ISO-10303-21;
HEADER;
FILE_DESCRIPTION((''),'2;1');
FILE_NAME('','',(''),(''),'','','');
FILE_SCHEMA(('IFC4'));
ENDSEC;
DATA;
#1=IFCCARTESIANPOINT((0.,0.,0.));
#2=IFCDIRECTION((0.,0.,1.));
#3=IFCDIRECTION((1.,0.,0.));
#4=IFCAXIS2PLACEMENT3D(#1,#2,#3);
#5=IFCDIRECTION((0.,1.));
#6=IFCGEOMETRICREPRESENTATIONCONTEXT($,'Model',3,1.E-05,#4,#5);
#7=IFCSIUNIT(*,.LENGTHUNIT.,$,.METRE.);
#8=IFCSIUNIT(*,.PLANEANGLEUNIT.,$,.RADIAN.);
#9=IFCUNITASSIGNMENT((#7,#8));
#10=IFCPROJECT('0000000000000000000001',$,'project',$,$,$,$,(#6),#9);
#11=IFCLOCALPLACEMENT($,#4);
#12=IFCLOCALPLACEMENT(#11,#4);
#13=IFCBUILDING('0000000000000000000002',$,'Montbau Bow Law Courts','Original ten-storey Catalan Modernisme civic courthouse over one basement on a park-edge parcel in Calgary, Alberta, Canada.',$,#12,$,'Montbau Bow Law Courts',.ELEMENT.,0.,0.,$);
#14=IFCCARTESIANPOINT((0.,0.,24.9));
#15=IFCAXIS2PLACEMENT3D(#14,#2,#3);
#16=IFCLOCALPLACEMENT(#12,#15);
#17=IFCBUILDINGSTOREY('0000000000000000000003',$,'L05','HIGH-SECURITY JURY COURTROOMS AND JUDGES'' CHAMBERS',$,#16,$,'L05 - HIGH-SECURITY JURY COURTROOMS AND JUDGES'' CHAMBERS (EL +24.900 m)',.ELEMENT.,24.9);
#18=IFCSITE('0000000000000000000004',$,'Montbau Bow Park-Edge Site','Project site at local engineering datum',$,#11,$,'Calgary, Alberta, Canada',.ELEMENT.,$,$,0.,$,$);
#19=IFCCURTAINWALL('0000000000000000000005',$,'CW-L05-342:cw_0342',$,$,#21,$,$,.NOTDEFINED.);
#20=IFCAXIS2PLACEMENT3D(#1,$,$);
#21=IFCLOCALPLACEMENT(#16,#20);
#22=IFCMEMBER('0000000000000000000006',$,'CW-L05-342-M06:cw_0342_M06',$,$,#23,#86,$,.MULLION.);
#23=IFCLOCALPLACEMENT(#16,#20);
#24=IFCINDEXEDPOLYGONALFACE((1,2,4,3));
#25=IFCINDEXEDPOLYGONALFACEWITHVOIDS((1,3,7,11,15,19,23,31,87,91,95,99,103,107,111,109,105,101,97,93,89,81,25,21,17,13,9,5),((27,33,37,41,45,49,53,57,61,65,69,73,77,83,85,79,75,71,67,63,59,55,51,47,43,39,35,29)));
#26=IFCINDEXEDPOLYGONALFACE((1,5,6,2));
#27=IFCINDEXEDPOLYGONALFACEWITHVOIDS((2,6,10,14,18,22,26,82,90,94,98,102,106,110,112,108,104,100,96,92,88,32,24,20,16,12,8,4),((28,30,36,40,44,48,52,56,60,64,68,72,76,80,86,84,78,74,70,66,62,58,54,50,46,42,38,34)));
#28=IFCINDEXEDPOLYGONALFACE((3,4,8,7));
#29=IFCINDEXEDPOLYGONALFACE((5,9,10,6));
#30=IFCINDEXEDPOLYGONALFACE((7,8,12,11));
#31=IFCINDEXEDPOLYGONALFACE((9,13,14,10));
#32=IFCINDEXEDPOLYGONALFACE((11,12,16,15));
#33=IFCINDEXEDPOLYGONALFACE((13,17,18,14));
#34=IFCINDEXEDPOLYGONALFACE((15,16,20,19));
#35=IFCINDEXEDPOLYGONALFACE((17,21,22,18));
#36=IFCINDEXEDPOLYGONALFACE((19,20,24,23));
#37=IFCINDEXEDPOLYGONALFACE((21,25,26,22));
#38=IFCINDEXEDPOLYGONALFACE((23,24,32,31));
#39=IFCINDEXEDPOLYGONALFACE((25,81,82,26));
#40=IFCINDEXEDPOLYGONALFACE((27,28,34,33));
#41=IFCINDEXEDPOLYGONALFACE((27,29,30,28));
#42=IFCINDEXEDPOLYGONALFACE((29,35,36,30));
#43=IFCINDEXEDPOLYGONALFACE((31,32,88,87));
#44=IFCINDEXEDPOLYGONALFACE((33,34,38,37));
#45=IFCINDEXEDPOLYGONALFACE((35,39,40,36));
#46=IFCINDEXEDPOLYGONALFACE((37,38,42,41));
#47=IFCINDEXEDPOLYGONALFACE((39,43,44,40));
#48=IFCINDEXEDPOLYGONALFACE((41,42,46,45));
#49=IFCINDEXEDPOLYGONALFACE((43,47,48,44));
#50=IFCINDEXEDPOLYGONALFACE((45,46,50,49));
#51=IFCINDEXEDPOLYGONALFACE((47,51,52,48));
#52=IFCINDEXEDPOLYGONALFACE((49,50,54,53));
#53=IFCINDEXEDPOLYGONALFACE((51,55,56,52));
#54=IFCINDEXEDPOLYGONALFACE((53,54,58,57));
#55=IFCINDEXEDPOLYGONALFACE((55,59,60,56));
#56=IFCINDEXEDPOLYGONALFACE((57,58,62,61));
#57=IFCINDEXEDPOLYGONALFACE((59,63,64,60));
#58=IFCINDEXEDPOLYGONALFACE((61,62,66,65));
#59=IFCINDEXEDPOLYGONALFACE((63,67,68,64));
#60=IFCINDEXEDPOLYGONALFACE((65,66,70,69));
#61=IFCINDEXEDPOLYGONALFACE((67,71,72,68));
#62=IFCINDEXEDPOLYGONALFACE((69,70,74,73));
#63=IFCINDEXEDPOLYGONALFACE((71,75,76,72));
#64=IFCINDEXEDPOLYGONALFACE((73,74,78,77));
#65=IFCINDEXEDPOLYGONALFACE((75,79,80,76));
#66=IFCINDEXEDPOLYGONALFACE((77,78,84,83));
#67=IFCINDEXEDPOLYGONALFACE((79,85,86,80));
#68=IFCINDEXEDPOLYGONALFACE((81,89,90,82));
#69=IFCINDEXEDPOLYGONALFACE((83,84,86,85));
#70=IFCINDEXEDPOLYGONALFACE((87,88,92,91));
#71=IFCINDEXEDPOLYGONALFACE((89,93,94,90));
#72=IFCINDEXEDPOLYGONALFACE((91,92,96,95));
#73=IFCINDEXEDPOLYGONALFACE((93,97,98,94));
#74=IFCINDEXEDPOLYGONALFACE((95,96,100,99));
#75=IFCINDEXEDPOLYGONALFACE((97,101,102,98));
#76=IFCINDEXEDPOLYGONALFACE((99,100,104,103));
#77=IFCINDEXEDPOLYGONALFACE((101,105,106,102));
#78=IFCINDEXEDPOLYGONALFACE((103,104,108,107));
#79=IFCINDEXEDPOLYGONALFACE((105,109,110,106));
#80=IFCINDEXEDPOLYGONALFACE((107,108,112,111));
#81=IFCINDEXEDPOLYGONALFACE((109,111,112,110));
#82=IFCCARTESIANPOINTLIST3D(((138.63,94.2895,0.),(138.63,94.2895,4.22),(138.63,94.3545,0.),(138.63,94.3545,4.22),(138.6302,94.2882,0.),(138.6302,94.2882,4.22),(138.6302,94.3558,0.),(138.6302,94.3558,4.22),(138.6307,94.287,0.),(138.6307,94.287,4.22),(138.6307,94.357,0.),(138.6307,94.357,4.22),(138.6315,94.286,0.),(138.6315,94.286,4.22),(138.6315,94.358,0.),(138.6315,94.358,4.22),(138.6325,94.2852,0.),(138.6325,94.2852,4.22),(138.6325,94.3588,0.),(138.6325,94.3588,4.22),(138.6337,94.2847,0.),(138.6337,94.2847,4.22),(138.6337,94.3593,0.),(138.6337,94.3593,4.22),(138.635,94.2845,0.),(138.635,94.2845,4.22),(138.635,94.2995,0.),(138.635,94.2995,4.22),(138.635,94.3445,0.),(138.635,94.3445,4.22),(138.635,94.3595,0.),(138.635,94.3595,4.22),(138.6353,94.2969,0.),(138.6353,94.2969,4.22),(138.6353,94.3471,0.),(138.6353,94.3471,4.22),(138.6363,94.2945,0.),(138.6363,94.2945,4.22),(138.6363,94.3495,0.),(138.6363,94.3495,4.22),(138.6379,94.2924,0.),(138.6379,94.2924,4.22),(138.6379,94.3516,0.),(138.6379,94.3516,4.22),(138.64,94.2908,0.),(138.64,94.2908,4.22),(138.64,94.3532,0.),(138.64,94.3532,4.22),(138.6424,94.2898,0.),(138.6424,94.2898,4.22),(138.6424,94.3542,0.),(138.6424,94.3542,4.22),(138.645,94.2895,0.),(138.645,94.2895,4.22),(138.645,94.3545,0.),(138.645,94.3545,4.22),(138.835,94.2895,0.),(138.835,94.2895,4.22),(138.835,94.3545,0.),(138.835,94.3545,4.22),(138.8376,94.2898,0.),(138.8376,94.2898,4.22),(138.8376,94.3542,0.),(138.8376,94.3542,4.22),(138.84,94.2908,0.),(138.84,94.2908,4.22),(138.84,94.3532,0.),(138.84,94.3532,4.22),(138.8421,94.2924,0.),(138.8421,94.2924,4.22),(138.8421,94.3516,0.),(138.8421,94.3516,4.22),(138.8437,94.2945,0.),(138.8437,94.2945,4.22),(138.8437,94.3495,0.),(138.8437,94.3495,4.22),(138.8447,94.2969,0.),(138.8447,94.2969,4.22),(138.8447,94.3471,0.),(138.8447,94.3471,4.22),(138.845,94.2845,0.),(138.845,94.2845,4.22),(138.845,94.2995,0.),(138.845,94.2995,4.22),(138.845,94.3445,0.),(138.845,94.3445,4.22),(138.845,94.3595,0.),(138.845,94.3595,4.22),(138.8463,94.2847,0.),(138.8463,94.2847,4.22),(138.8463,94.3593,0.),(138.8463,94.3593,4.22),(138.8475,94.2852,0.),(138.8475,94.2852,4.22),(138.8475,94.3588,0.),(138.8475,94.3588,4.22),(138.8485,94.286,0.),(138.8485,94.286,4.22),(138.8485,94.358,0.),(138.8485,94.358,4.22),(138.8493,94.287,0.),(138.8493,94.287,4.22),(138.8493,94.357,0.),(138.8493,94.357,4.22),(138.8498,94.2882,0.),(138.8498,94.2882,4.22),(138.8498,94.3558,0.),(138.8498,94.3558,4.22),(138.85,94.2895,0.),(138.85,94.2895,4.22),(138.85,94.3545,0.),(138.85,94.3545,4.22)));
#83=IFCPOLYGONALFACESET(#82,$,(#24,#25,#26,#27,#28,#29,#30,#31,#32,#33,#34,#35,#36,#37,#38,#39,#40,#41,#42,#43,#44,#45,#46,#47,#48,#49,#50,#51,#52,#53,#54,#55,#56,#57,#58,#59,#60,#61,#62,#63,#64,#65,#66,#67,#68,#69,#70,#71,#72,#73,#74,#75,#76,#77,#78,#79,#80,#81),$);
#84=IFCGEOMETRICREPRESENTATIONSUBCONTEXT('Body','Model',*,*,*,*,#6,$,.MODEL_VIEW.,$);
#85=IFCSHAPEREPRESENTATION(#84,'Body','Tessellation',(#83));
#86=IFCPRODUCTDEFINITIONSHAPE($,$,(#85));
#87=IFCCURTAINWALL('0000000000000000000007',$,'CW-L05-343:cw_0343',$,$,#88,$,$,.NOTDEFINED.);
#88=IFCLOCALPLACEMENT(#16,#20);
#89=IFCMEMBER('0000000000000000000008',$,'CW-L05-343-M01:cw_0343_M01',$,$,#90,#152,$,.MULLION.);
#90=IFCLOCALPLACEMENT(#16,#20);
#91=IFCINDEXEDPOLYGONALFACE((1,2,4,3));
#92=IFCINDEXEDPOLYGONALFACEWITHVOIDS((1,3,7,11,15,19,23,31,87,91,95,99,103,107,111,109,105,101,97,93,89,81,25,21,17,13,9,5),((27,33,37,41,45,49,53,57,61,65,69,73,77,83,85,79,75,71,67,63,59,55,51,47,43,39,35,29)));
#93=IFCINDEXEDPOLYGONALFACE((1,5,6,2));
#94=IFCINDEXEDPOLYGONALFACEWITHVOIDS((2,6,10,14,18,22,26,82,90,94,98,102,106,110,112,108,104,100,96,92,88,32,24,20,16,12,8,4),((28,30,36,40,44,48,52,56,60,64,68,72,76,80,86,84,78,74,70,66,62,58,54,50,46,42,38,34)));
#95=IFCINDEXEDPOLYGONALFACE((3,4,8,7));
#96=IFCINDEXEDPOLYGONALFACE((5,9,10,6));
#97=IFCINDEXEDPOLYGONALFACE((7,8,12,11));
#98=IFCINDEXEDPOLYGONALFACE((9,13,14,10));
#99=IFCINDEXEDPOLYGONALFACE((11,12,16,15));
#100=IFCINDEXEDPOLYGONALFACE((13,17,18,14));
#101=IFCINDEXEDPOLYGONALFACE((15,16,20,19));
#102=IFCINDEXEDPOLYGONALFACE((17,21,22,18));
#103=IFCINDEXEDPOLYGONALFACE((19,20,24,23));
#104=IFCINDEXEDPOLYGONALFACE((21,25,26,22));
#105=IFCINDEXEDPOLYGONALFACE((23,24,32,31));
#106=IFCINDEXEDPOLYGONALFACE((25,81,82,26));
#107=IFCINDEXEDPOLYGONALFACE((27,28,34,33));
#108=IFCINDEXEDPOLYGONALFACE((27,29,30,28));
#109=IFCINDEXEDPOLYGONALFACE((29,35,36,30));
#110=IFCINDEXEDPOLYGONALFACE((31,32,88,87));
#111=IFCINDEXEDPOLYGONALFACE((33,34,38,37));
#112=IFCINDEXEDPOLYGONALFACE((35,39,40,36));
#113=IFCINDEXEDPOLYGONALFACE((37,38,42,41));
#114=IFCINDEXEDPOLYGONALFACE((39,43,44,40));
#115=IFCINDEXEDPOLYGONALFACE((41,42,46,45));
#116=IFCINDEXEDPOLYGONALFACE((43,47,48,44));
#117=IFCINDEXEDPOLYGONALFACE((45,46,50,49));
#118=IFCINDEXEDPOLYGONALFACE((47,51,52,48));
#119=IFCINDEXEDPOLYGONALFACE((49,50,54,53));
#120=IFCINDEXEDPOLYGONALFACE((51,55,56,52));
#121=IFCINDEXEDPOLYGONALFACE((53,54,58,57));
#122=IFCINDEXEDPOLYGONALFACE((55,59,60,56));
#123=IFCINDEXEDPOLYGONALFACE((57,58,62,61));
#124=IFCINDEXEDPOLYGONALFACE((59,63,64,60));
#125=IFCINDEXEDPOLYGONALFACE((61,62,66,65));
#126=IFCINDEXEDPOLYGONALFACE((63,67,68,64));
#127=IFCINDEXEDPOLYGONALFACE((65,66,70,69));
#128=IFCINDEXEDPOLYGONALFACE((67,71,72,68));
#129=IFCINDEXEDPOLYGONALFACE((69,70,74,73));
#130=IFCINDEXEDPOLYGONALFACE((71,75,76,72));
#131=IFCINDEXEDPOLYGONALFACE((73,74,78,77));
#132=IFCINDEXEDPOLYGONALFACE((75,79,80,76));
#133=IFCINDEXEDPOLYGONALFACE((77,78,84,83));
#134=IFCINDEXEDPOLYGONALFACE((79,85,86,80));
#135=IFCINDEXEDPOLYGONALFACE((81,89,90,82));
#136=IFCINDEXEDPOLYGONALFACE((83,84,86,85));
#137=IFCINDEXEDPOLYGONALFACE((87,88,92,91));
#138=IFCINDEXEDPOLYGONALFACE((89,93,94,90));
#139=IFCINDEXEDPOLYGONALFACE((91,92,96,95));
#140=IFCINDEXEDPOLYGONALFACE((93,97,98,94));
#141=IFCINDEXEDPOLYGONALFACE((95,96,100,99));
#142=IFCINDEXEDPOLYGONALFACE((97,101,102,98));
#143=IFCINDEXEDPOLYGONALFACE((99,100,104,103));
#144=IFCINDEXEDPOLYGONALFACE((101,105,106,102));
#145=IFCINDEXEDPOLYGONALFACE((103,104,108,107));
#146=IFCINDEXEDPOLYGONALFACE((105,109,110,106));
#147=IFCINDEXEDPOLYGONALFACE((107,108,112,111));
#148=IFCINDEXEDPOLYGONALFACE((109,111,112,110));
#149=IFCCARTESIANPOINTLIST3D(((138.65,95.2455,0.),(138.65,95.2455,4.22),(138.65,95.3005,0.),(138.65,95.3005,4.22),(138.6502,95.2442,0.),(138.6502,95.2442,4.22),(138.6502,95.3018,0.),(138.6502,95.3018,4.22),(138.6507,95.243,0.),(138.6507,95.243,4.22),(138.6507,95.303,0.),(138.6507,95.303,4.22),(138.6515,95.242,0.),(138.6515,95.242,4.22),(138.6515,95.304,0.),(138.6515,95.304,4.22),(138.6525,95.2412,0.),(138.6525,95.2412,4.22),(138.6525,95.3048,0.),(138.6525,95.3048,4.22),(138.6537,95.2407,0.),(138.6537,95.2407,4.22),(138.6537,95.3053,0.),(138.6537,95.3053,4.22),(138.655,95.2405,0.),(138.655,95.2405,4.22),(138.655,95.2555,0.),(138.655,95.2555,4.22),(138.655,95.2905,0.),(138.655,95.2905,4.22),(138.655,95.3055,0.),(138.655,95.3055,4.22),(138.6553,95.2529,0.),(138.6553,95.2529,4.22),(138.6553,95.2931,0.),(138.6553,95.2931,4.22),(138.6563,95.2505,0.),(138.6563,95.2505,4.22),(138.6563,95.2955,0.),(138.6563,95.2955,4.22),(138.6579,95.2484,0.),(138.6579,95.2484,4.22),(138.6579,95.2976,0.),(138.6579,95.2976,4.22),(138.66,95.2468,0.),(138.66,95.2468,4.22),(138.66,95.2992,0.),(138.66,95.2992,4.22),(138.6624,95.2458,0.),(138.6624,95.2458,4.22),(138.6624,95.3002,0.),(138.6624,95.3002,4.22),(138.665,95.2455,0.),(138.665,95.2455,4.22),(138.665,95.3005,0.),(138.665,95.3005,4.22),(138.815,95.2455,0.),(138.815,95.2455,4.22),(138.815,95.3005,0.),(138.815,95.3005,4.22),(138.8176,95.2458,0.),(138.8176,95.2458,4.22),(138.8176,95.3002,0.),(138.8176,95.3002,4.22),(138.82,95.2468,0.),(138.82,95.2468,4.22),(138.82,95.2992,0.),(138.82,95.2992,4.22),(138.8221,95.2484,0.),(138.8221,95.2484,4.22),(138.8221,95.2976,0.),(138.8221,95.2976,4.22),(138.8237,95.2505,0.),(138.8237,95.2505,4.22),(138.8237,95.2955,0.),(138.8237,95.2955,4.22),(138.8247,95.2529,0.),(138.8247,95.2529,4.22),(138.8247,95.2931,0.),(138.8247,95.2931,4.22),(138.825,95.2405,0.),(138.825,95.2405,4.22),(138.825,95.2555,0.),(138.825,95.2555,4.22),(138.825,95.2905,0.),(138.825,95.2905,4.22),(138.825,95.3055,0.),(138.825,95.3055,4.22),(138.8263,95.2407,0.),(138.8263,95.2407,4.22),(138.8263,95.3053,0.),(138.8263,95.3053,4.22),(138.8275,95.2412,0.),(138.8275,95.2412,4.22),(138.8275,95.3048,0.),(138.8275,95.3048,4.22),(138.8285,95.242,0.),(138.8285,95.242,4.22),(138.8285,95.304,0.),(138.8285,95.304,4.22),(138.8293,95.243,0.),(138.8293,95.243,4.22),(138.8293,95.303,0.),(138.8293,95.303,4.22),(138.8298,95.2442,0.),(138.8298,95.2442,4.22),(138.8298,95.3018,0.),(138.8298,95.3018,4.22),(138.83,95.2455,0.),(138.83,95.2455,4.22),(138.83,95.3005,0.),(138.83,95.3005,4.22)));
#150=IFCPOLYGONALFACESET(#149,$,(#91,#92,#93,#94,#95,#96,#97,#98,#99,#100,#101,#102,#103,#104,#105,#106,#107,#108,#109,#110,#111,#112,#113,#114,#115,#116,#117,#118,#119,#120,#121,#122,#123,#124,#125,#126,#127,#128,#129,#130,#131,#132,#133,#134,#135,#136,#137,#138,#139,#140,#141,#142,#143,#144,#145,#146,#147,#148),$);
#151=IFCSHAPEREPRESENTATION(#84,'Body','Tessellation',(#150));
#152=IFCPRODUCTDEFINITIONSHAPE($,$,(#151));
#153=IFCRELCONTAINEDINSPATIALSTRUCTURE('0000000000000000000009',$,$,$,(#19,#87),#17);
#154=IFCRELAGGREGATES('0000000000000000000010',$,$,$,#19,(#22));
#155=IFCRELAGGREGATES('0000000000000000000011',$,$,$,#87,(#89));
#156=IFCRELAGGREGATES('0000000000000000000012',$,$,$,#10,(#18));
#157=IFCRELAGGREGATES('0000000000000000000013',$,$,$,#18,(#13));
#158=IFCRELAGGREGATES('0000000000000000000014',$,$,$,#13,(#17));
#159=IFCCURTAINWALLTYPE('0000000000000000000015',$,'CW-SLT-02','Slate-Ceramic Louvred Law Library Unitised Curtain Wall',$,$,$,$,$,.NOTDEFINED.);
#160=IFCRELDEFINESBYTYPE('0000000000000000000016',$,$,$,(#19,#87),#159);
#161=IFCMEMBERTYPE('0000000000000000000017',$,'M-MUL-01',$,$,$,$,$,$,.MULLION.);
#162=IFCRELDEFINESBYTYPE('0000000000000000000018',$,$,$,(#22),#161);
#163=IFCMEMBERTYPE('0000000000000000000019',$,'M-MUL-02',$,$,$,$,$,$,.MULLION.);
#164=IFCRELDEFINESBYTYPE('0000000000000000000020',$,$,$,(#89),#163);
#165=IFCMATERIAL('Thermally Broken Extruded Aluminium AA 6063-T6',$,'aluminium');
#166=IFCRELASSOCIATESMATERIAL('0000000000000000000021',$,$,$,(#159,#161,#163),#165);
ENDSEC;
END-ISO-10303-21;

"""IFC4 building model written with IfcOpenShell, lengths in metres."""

from ifc_helpers import new_model, si_unit, direction, frame, origin_with_axes, origin_2d_with_axis, place, context, subcontext, project, spatial, hollow_rectangle, extrude, material, material_profile, profile_set, type_object, element, aggregate, save


model = new_model("IFC4")

# Units and contexts
model_context = context("Model", 3, precision=1e-05, world=origin_with_axes(), true_north=direction((0.0, 1.0)))
body_context = subcontext(model_context, "Body", "Model", "MODEL_VIEW")
ifc_project = project(units=[si_unit("LENGTHUNIT", "METRE"), si_unit("PLANEANGLEUNIT", "RADIAN")], contexts=[model_context])

# Site, building, storey
site_placement = place(None, origin_with_axes())
site = spatial("IfcSite", under=ifc_project, at=site_placement, Name="Montbau Bow Park-Edge Site", Description="Project site at local engineering datum", LongName="Calgary, Alberta, Canada", CompositionType="ELEMENT", RefElevation=0.0)
building_placement = place(site_placement, origin_with_axes())
building = spatial("IfcBuilding", under=site, at=building_placement, Name="Montbau Bow Law Courts", Description="Original ten-storey Catalan Modernisme civic courthouse over one basement on a park-edge parcel in Calgary, Alberta, Canada.", LongName="Montbau Bow Law Courts", CompositionType="ELEMENT", ElevationOfRefHeight=0.0, ElevationOfTerrain=0.0)
storey_placement = place(building_placement, frame((0.0, 0.0, 24.9), z_axis=(0.0, 0.0, 1.0), x_axis=(1.0, 0.0, 0.0)))
storey = spatial("IfcBuildingStorey", under=building, at=storey_placement, Name="L05", Description="HIGH-SECURITY JURY COURTROOMS AND JUDGES' CHAMBERS", LongName="L05 - HIGH-SECURITY JURY COURTROOMS AND JUDGES' CHAMBERS (EL +24.900 m)", CompositionType="ELEMENT", Elevation=24.9)

# Curtain walls, members
ifc_material_1 = material(Name="Thermally Broken Extruded Aluminium AA 6063-T6", Category="aluminium")
curtain_wall_type = type_object("IfcCurtainWallType", Name="CW-SLT-02", Description="Slate-Ceramic Louvred Law Library Unitised Curtain Wall", PredefinedType="NOTDEFINED", material=ifc_material_1)
curtain_wall_1_placement = place(None, frame((138.74, 86.84, 24.9), z_axis=(0.0, 0.0, 1.0), x_axis=(1.0, 0.0, 0.0)))
curtain_wall_1 = element("IfcCurtainWall", 1, at=curtain_wall_1_placement, inside=storey, type_object=curtain_wall_type, Name="CW-L05-342:cw_0342", PredefinedType="NOTDEFINED")
ifc_material_profile_1 = material_profile(ifc_material_1, hollow_rectangle(XDim=0.075, YDim=0.22, WallThickness=0.005, InnerFilletRadius=0.01, OuterFilletRadius=0.005, at=origin_2d_with_axis()), Name="CWM-220X75", Category="Main", Priority=0)
ifc_profile_set_1 = profile_set([ifc_material_profile_1], Name="Thermally Broken Extruded Aluminium AA 6063-T6")
member_type_1 = type_object("IfcMemberType", Name="M-MUL-01", PredefinedType="MULLION", material=ifc_profile_set_1)
member_1_placement = place(None, frame((138.74, 94.322, 24.9), z_axis=(0.0, 0.0, 1.0), x_axis=(0.0, 1.0, 0.0)))
member_1 = element("IfcMember", 2, at=member_1_placement, type_object=member_type_1, Name="CW-L05-342-M06:cw_0342_M06", PredefinedType="MULLION", context=body_context, shape_type="SweptSolid", body=[
    extrude(hollow_rectangle(XDim=0.075, YDim=0.22, WallThickness=0.005, InnerFilletRadius=0.01, OuterFilletRadius=0.005, at=origin_2d_with_axis()), origin_with_axes(), (0.0, 0.0, 1.0), 4.22),
])
curtain_wall_2_placement = place(None, frame((138.74, 95.24, 24.9), z_axis=(0.0, 0.0, 1.0), x_axis=(1.0, 0.0, 0.0)))
curtain_wall_2 = element("IfcCurtainWall", 3, at=curtain_wall_2_placement, inside=storey, type_object=curtain_wall_type, Name="CW-L05-343:cw_0343", PredefinedType="NOTDEFINED")
ifc_material_profile_2 = material_profile(ifc_material_1, hollow_rectangle(XDim=0.065, YDim=0.18, WallThickness=0.005, InnerFilletRadius=0.01, OuterFilletRadius=0.005, at=origin_2d_with_axis()), Name="CWM-180X65", Category="Main", Priority=0)
ifc_profile_set_2 = profile_set([ifc_material_profile_2], Name="Thermally Broken Extruded Aluminium AA 6063-T6")
member_type_2 = type_object("IfcMemberType", Name="M-MUL-02", PredefinedType="MULLION", material=ifc_profile_set_2)
member_2_placement = place(None, frame((138.74, 95.273, 24.9), z_axis=(0.0, 0.0, 1.0), x_axis=(0.0, 1.0, 0.0)))
member_2 = element("IfcMember", 4, at=member_2_placement, type_object=member_type_2, Name="CW-L05-343-M01:cw_0343_M01", PredefinedType="MULLION", context=body_context, shape_type="SweptSolid", body=[
    extrude(hollow_rectangle(XDim=0.065, YDim=0.18, WallThickness=0.005, InnerFilletRadius=0.01, OuterFilletRadius=0.005, at=origin_2d_with_axis()), origin_with_axes(), (0.0, 0.0, 1.0), 4.22),
])

aggregate(curtain_wall_1, [member_1])
aggregate(curtain_wall_2, [member_2])

save(model, "model.ifc")
